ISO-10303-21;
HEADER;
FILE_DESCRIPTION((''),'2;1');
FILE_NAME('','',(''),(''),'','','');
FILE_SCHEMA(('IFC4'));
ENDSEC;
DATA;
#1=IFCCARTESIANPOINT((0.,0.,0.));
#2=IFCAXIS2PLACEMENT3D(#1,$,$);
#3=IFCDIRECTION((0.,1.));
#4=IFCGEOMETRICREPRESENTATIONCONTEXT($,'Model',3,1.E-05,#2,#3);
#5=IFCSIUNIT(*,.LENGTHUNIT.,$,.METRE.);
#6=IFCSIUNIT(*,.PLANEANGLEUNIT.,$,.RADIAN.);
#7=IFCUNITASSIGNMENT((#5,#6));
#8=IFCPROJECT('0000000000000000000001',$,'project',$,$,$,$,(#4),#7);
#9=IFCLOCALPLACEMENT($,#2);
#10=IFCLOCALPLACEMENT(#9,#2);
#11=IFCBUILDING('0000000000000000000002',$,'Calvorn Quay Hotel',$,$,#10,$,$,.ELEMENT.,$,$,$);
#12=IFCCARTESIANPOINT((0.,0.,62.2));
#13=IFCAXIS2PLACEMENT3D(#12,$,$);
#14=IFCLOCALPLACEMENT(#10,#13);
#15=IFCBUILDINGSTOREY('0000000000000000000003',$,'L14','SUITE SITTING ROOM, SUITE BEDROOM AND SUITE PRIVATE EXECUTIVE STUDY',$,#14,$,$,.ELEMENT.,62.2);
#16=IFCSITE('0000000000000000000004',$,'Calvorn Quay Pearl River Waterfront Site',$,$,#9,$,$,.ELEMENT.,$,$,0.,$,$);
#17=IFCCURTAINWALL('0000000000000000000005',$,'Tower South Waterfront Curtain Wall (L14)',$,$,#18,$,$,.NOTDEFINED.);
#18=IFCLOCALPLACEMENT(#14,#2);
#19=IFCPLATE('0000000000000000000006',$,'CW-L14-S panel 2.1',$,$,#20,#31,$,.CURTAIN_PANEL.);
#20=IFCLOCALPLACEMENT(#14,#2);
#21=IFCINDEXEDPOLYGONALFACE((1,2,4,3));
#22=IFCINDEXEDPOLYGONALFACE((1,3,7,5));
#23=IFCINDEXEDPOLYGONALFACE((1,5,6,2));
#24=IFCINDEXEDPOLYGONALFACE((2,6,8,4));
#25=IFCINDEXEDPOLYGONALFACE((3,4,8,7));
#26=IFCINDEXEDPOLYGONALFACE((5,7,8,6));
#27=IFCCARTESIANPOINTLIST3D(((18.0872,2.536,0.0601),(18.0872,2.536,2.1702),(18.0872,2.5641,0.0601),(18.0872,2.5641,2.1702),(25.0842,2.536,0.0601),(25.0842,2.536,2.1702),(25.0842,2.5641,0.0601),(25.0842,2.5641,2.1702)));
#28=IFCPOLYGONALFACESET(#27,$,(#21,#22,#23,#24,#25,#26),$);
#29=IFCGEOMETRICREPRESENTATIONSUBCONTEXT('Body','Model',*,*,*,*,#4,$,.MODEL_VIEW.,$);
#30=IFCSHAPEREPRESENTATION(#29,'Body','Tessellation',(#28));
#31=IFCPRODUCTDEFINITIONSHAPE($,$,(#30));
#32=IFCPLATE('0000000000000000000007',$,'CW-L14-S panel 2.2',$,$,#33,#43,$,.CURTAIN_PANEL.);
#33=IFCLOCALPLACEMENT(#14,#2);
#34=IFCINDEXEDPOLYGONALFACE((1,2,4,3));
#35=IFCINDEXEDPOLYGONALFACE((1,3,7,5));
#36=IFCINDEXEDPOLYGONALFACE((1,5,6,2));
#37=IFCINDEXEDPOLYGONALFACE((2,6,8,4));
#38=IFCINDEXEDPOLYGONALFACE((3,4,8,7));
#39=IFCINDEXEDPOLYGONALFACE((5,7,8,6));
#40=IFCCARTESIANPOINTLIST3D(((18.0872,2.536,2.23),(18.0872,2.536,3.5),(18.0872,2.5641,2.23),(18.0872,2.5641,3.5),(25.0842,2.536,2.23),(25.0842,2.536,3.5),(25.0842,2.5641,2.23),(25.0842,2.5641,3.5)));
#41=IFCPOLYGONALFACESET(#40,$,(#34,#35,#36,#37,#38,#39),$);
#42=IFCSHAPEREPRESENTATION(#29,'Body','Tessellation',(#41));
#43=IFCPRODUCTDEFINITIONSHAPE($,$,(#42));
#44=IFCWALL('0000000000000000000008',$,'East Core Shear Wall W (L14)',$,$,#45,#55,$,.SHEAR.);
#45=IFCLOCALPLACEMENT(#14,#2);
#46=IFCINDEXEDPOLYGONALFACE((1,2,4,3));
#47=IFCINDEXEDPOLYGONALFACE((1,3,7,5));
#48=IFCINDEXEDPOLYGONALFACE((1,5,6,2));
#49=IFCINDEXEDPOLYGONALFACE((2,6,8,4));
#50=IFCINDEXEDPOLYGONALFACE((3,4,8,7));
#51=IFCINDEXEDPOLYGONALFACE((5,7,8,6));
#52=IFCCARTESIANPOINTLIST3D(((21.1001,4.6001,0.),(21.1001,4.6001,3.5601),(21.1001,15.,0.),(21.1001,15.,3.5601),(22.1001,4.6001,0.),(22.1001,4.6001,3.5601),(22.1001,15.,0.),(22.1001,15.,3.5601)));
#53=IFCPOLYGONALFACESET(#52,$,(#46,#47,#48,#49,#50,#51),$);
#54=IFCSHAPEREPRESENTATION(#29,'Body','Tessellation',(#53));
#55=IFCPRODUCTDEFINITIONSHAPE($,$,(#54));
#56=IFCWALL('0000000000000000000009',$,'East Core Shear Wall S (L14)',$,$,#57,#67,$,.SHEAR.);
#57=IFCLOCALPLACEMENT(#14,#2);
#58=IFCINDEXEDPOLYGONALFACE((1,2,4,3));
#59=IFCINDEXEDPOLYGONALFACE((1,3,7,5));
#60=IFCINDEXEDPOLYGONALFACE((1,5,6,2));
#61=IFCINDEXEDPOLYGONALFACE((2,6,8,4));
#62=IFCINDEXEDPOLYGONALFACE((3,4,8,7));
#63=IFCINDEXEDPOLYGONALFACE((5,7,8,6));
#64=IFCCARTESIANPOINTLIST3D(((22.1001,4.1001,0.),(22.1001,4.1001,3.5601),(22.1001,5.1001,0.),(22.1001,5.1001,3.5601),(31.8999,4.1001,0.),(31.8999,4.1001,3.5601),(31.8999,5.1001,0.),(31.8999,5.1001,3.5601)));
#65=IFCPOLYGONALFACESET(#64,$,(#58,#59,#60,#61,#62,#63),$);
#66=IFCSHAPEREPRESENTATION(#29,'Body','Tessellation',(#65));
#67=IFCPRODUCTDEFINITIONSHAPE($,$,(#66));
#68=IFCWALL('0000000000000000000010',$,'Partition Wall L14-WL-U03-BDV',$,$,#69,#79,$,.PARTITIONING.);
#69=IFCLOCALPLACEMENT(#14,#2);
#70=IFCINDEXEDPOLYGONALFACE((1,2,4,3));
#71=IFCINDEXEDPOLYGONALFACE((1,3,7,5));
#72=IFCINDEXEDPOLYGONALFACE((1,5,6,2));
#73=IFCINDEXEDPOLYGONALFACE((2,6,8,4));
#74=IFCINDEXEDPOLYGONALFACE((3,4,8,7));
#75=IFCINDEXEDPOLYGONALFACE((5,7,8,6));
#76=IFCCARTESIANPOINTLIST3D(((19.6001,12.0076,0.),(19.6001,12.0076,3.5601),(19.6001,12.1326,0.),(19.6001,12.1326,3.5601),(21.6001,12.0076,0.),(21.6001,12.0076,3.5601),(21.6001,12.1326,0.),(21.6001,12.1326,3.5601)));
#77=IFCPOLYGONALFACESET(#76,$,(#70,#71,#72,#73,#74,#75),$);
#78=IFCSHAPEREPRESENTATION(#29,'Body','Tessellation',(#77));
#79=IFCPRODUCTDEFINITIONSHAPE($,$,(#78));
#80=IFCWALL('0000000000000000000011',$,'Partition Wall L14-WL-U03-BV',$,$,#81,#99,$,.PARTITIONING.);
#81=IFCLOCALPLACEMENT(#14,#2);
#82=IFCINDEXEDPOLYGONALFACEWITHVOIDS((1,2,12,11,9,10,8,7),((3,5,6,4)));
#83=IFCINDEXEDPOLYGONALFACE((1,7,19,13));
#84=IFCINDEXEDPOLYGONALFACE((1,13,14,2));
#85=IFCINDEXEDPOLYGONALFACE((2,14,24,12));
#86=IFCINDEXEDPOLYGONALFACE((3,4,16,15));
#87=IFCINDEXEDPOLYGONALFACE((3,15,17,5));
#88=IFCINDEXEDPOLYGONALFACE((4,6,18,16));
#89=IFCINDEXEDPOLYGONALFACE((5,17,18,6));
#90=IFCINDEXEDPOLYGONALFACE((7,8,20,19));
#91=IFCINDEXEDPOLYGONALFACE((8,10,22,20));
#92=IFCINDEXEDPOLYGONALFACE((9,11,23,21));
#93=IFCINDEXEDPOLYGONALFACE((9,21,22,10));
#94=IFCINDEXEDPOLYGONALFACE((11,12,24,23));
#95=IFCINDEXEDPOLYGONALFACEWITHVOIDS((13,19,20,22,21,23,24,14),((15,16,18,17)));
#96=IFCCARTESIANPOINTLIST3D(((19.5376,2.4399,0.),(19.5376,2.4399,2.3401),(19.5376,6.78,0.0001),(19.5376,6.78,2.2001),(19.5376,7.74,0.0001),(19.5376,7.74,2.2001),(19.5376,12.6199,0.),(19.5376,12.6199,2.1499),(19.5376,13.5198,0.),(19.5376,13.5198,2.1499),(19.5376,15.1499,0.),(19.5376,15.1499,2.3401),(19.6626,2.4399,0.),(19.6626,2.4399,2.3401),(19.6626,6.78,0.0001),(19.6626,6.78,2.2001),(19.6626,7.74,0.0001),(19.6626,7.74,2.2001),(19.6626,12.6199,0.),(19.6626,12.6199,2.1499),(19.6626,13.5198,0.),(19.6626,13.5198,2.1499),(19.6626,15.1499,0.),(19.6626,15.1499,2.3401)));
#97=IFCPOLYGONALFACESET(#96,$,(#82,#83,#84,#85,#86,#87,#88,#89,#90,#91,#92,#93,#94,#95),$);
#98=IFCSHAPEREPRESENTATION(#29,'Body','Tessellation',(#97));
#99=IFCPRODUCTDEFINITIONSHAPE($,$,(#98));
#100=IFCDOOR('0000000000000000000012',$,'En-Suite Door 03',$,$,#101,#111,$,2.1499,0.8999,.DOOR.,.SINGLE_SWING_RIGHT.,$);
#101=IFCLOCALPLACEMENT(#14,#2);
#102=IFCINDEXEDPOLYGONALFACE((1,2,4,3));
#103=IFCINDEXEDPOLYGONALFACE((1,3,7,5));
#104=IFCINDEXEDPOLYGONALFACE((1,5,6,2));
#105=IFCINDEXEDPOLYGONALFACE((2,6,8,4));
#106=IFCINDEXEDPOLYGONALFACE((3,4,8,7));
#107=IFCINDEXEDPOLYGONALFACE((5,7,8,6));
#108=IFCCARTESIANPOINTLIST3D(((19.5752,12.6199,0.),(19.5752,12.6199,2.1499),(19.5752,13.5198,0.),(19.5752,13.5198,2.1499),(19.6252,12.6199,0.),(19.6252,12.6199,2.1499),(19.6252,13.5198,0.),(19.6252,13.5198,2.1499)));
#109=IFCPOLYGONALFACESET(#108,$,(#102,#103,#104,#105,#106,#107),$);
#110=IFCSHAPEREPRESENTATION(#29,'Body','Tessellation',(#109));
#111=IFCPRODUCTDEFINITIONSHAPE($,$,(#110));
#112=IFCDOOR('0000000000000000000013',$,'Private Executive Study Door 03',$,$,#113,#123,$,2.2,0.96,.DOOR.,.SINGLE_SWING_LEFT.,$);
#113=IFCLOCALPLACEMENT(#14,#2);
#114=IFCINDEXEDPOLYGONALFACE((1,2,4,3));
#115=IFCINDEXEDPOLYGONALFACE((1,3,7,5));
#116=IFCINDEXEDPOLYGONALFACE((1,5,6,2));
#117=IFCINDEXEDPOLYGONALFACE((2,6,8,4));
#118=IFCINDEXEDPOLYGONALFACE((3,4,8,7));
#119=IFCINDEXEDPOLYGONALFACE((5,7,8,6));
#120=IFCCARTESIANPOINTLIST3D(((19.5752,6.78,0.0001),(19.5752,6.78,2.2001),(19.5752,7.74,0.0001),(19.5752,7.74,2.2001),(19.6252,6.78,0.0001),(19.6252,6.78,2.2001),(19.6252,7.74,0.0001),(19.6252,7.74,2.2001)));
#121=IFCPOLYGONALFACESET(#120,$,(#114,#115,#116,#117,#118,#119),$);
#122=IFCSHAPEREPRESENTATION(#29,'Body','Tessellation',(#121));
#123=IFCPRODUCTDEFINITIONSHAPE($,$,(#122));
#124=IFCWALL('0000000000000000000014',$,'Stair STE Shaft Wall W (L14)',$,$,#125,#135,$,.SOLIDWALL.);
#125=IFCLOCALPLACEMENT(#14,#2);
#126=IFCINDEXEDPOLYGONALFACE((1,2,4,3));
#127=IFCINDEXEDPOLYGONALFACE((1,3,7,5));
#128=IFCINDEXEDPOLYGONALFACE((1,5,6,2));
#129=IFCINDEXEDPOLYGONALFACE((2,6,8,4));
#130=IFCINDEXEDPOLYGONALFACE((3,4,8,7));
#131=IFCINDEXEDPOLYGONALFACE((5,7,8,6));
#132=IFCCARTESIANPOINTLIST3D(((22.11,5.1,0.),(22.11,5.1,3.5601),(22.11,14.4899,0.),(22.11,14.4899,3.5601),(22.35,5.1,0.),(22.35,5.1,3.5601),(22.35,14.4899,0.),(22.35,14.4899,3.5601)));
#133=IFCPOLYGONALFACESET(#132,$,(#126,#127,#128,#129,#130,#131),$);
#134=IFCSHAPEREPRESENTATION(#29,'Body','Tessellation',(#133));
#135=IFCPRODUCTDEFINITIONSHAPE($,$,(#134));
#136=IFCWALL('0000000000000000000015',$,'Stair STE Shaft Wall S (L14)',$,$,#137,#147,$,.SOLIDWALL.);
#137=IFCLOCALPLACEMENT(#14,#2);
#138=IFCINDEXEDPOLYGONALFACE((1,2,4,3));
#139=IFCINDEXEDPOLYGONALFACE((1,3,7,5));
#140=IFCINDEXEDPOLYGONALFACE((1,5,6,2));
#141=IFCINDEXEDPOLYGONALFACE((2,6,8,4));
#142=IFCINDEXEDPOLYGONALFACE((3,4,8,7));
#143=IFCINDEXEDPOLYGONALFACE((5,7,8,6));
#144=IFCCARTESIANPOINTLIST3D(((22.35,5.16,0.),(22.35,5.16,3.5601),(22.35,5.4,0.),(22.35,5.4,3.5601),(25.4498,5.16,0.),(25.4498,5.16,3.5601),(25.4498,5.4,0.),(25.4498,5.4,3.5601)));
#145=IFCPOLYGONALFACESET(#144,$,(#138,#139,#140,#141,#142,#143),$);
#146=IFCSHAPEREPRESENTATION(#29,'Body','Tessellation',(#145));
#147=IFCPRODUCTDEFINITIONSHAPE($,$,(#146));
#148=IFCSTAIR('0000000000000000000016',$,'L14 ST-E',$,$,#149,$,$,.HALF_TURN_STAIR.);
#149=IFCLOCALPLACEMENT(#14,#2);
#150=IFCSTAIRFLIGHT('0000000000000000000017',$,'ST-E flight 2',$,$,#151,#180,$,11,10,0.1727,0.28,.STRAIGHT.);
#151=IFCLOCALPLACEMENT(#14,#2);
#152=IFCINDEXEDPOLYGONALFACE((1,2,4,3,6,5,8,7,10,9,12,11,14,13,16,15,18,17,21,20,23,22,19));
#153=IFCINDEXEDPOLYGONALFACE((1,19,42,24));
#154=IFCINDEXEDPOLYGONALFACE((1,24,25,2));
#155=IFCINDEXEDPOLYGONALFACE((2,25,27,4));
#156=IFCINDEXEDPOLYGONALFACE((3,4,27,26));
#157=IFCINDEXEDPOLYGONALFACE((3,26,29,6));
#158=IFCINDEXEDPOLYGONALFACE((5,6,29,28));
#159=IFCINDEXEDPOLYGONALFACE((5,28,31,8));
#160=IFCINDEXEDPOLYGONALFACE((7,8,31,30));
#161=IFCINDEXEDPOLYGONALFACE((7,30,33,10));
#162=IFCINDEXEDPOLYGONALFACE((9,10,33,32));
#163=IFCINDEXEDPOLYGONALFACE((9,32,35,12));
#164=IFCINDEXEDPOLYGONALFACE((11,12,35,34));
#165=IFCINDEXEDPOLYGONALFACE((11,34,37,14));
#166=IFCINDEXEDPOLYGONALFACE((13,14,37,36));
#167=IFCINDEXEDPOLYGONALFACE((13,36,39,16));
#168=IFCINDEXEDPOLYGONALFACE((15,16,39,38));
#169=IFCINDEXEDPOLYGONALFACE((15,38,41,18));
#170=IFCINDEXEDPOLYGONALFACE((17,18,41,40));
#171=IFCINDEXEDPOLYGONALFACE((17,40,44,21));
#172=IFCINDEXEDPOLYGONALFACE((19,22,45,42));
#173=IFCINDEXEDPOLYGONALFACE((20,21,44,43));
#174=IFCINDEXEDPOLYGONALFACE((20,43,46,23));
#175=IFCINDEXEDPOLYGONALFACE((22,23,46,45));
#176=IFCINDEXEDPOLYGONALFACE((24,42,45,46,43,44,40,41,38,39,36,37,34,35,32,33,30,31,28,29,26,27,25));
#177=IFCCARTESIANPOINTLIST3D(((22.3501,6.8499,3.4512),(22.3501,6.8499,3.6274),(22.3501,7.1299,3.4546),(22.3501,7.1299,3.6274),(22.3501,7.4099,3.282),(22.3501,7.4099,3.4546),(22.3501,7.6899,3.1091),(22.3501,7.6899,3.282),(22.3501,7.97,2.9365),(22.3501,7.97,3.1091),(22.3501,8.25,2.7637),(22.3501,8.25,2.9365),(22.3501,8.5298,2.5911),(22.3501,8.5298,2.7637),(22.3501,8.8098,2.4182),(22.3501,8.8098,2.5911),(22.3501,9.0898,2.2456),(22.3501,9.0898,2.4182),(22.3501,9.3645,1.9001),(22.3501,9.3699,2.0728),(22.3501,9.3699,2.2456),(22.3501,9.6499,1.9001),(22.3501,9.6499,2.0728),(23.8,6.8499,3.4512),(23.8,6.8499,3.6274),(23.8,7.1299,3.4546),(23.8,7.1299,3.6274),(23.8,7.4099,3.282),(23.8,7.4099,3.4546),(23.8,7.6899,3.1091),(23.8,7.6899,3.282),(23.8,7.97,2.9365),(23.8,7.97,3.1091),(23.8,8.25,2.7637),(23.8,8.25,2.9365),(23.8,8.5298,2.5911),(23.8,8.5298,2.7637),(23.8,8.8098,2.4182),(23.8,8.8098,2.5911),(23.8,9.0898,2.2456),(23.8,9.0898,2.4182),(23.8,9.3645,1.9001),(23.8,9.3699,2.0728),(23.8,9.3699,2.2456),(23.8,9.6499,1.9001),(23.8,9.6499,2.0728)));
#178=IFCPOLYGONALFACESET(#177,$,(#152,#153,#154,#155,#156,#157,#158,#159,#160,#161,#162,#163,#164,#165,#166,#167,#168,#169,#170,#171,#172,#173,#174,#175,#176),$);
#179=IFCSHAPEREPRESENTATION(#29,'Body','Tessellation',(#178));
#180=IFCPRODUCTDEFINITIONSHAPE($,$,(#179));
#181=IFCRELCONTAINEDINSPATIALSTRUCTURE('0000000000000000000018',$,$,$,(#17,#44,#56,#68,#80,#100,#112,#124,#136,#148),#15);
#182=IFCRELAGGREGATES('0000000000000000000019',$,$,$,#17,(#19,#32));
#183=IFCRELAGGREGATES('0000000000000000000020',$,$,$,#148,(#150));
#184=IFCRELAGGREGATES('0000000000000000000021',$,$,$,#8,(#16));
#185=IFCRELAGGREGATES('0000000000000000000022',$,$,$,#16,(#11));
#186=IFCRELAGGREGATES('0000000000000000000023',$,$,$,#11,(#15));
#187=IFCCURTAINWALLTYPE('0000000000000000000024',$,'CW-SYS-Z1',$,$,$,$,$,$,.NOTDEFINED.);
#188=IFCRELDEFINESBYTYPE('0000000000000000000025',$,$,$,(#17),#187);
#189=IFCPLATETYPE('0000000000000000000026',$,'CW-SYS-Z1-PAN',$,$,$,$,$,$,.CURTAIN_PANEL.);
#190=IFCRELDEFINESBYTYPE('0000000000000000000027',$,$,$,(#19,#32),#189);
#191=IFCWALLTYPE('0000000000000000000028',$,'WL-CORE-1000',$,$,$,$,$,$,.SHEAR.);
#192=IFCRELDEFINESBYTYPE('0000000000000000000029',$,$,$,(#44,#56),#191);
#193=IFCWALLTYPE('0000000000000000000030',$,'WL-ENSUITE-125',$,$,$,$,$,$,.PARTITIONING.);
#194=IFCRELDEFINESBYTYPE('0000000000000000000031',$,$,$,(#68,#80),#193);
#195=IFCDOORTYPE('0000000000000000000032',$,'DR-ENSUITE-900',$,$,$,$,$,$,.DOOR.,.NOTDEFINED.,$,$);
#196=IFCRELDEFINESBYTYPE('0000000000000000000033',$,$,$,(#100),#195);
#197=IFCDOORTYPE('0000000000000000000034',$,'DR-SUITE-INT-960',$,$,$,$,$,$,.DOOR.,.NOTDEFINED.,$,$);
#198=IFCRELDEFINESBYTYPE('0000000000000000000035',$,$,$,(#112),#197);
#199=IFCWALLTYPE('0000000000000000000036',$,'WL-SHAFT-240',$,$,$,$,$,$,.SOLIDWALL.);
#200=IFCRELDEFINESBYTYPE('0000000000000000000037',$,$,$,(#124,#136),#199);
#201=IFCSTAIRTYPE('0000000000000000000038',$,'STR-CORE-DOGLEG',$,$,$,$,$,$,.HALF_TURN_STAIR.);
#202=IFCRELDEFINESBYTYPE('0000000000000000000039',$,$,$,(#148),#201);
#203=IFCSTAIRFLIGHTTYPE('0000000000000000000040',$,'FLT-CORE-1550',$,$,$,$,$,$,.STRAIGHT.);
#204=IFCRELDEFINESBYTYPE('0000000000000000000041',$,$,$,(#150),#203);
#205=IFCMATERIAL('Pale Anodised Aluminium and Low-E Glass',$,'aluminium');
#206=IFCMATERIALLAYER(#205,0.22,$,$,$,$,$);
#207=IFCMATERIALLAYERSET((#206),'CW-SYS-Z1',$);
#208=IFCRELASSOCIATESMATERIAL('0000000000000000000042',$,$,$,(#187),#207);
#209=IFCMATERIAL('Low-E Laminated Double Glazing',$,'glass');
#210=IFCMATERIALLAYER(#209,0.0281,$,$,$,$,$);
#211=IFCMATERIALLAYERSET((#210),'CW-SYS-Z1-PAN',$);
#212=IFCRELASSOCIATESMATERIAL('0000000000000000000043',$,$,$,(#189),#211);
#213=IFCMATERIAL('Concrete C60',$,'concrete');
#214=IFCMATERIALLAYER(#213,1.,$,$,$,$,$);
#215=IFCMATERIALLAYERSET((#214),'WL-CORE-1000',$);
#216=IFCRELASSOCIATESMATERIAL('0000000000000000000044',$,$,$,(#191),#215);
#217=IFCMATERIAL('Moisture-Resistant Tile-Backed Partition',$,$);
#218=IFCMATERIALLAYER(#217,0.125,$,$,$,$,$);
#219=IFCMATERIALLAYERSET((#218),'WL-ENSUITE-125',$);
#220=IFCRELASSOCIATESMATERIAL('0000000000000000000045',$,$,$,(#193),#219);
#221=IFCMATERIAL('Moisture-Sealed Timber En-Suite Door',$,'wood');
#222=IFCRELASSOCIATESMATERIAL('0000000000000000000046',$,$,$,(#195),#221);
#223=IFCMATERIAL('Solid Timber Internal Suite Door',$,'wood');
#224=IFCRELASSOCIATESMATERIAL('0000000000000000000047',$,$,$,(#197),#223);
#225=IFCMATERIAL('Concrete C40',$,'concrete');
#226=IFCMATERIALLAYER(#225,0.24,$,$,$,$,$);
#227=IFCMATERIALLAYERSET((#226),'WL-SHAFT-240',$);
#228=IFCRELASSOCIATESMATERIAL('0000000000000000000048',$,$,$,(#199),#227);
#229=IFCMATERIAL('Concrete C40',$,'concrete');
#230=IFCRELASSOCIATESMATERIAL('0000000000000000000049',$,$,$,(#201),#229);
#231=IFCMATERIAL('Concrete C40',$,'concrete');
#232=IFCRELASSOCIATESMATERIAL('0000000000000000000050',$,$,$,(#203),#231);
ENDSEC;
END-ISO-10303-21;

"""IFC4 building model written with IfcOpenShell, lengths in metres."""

from ifc_helpers import new_model, si_unit, direction, frame, frame_2d, origin, origin_2d, place, context, subcontext, project, spatial, polyline, rectangle, outline, extrude, material, layer, layer_set, type_object, element, fill, aggregate, save


model = new_model("IFC4")

# Units and contexts
model_context = context("Model", 3, precision=1e-05, world=origin(), true_north=direction((0.0, 1.0)))
body_context = subcontext(model_context, "Body", "Model", "MODEL_VIEW")
ifc_project = project(units=[si_unit("LENGTHUNIT", "METRE"), si_unit("PLANEANGLEUNIT", "RADIAN")], contexts=[model_context])

# Site, building, storey
site_placement = place(None, origin())
site = spatial("IfcSite", under=ifc_project, at=site_placement, Name="Calvorn Quay Pearl River Waterfront Site", CompositionType="ELEMENT", RefElevation=0.0)
building_placement = place(site_placement, origin())
building = spatial("IfcBuilding", under=site, at=building_placement, Name="Calvorn Quay Hotel", CompositionType="ELEMENT")
storey_placement = place(building_placement, frame((0.0, 0.0, 62.2)))
storey = spatial("IfcBuildingStorey", under=building, at=storey_placement, Name="L14", Description="SUITE SITTING ROOM, SUITE BEDROOM AND SUITE PRIVATE EXECUTIVE STUDY", CompositionType="ELEMENT", Elevation=62.2)

# Curtain wall, plates
ifc_material_1 = material(Name="Pale Anodised Aluminium and Low-E Glass", Category="aluminium")
ifc_layer_1 = layer(ifc_material_1, 0.22)
ifc_layer_set_1 = layer_set([ifc_layer_1], Name="CW-SYS-Z1")
curtain_wall_type = type_object("IfcCurtainWallType", Name="CW-SYS-Z1", PredefinedType="NOTDEFINED", material=ifc_layer_set_1)
curtain_wall_placement = place(storey_placement, origin())
curtain_wall = element("IfcCurtainWall", 1, at=curtain_wall_placement, inside=storey, type_object=curtain_wall_type, Name="Tower South Waterfront Curtain Wall (L14)", PredefinedType="NOTDEFINED")
ifc_material_2 = material(Name="Low-E Laminated Double Glazing", Category="glass")
ifc_layer_2 = layer(ifc_material_2, 0.0281)
ifc_layer_set_2 = layer_set([ifc_layer_2], Name="CW-SYS-Z1-PAN")
plate_type = type_object("IfcPlateType", Name="CW-SYS-Z1-PAN", PredefinedType="CURTAIN_PANEL", material=ifc_layer_set_2)
plate_1_placement = place(storey_placement, frame((21.5857, 2.55, 0.0601), z_axis=(0.0, 0.0, 1.0), x_axis=(1.0, 0.0, 0.0)))
plate_1 = element("IfcPlate", 2, at=plate_1_placement, type_object=plate_type, Name="CW-L14-S panel 2.1", PredefinedType="CURTAIN_PANEL", context=body_context, shape_type="SweptSolid", body=[
    extrude(rectangle(XDim=6.9971, YDim=0.0281, at=origin_2d()), origin(), (0.0, 0.0, 1.0), 2.1101),
])
plate_2_placement = place(storey_placement, frame((21.5857, 2.55, 2.23), z_axis=(0.0, 0.0, 1.0), x_axis=(1.0, 0.0, 0.0)))
plate_2 = element("IfcPlate", 3, at=plate_2_placement, type_object=plate_type, Name="CW-L14-S panel 2.2", PredefinedType="CURTAIN_PANEL", context=body_context, shape_type="SweptSolid", body=[
    extrude(rectangle(XDim=6.9971, YDim=0.0281, at=origin_2d()), origin(), (0.0, 0.0, 1.0), 1.27),
])
aggregate(curtain_wall, [plate_1, plate_2])

# Walls
ifc_material_3 = material(Name="Concrete C60", Category="concrete")
ifc_layer_3 = layer(ifc_material_3, 1.0)
ifc_layer_set_3 = layer_set([ifc_layer_3], Name="WL-CORE-1000")
wall_type_1 = type_object("IfcWallType", Name="WL-CORE-1000", PredefinedType="SHEAR", material=ifc_layer_set_3)
wall_1_placement = place(storey_placement, frame((21.6001, 4.6001, 0.0), z_axis=(0.0, 0.0, 1.0), x_axis=(0.0, 1.0, 0.0)))
element("IfcWall", 4, at=wall_1_placement, inside=storey, type_object=wall_type_1, Name="East Core Shear Wall W (L14)", PredefinedType="SHEAR", context=body_context, shape_type="SweptSolid", body=[
    extrude(rectangle(XDim=10.3999, YDim=1.0, at=frame_2d((5.2, 0.0))), origin(), (0.0, 0.0, 1.0), 3.5601),
])
wall_2_placement = place(storey_placement, frame((22.1001, 4.6001, 0.0), z_axis=(0.0, 0.0, 1.0), x_axis=(1.0, 0.0, 0.0)))
element("IfcWall", 5, at=wall_2_placement, inside=storey, type_object=wall_type_1, Name="East Core Shear Wall S (L14)", PredefinedType="SHEAR", context=body_context, shape_type="SweptSolid", body=[
    extrude(rectangle(XDim=9.7998, YDim=1.0, at=frame_2d((4.8999, 0.0))), origin(), (0.0, 0.0, 1.0), 3.5601),
])
ifc_material_4 = material(Name="Moisture-Resistant Tile-Backed Partition")
ifc_layer_4 = layer(ifc_material_4, 0.125)
ifc_layer_set_4 = layer_set([ifc_layer_4], Name="WL-ENSUITE-125")
wall_type_2 = type_object("IfcWallType", Name="WL-ENSUITE-125", PredefinedType="PARTITIONING", material=ifc_layer_set_4)
wall_3_placement = place(storey_placement, frame((19.6001, 12.0701, 0.0), z_axis=(0.0, 0.0, 1.0), x_axis=(1.0, 0.0, 0.0)))
element("IfcWall", 6, at=wall_3_placement, inside=storey, type_object=wall_type_2, Name="Partition Wall L14-WL-U03-BDV", PredefinedType="PARTITIONING", context=body_context, shape_type="SweptSolid", body=[
    extrude(rectangle(XDim=2.0, YDim=0.125, at=frame_2d((1.0, 0.0))), origin(), (0.0, 0.0, 1.0), 3.5601),
])

# Wall, openings, doors
wall_4_placement = place(storey_placement, frame((19.6001, 2.4399, 0.0), z_axis=(0.0, 0.0, 1.0), x_axis=(0.0, 1.0, 0.0)))
wall_4 = element("IfcWall", 7, at=wall_4_placement, inside=storey, type_object=wall_type_2, Name="Partition Wall L14-WL-U03-BV", PredefinedType="PARTITIONING", context=body_context, shape_type="SweptSolid", body=[
    extrude(rectangle(XDim=12.71, YDim=0.125, at=frame_2d((6.355, 0.0))), origin(), (0.0, 0.0, 1.0), 2.3401),
])
opening_1_placement = place(wall_4_placement, frame((4.3401, 0.0, 0.0)))
opening_1 = element("IfcOpeningElement", 8, at=opening_1_placement, cuts=wall_4, PredefinedType="OPENING", context=body_context, shape_type="SweptSolid", body=[
    extrude(rectangle(XDim=0.96, YDim=2.2, at=frame_2d((0.48, 1.1001))), frame((0.0, 0.0725, 0.0), z_axis=(0.0, -1.0, 0.0), x_axis=(1.0, 0.0, 0.0)), (0.0, 0.0, 1.0), 0.145),
])
opening_2_placement = place(wall_4_placement, frame((10.1799, 0.0, 0.0)))
opening_2 = element("IfcOpeningElement", 9, at=opening_2_placement, cuts=wall_4, PredefinedType="OPENING", context=body_context, shape_type="SweptSolid", body=[
    extrude(rectangle(XDim=0.8999, YDim=2.1499, at=frame_2d((0.45, 1.075))), frame((0.0, 0.0725, 0.0), z_axis=(0.0, -1.0, 0.0), x_axis=(1.0, 0.0, 0.0)), (0.0, 0.0, 1.0), 0.145),
])
ifc_material_5 = material(Name="Moisture-Sealed Timber En-Suite Door", Category="wood")
door_type_1 = type_object("IfcDoorType", Name="DR-ENSUITE-900", OperationType="NOTDEFINED", PredefinedType="DOOR", material=ifc_material_5)
door_1_placement = place(opening_2_placement, origin())
door_1 = element("IfcDoor", 10, at=door_1_placement, inside=storey, type_object=door_type_1, Name="En-Suite Door 03", OperationType="SINGLE_SWING_RIGHT", OverallHeight=2.1499, OverallWidth=0.8999, PredefinedType="DOOR", context=body_context, shape_type="SweptSolid", body=[
    extrude(rectangle(XDim=0.8999, YDim=2.1499, at=frame_2d((0.45, 1.075))), frame((0.0, 0.0249, 0.0), z_axis=(0.0, -1.0, 0.0), x_axis=(1.0, 0.0, 0.0)), (0.0, 0.0, 1.0), 0.05),
])
fill(opening_2, door_1)
ifc_material_6 = material(Name="Solid Timber Internal Suite Door", Category="wood")
door_type_2 = type_object("IfcDoorType", Name="DR-SUITE-INT-960", OperationType="NOTDEFINED", PredefinedType="DOOR", material=ifc_material_6)
door_2_placement = place(opening_1_placement, origin())
door_2 = element("IfcDoor", 11, at=door_2_placement, inside=storey, type_object=door_type_2, Name="Private Executive Study Door 03", OperationType="SINGLE_SWING_LEFT", OverallHeight=2.2, OverallWidth=0.96, PredefinedType="DOOR", context=body_context, shape_type="SweptSolid", body=[
    extrude(rectangle(XDim=0.96, YDim=2.2, at=frame_2d((0.48, 1.1001))), frame((0.0, 0.0249, 0.0), z_axis=(0.0, -1.0, 0.0), x_axis=(1.0, 0.0, 0.0)), (0.0, 0.0, 1.0), 0.05),
])
fill(opening_1, door_2)

# Walls
ifc_material_7 = material(Name="Concrete C40", Category="concrete")
ifc_layer_5 = layer(ifc_material_7, 0.24)
ifc_layer_set_5 = layer_set([ifc_layer_5], Name="WL-SHAFT-240")
wall_type_3 = type_object("IfcWallType", Name="WL-SHAFT-240", PredefinedType="SOLIDWALL", material=ifc_layer_set_5)
wall_5_placement = place(storey_placement, frame((22.23, 5.1001, 0.0), z_axis=(0.0, 0.0, 1.0), x_axis=(0.0, 1.0, 0.0)))
element("IfcWall", 12, at=wall_5_placement, inside=storey, type_object=wall_type_3, Name="Stair STE Shaft Wall W (L14)", PredefinedType="SOLIDWALL", context=body_context, shape_type="SweptSolid", body=[
    extrude(rectangle(XDim=9.3899, YDim=0.24, at=frame_2d((4.6948, 0.0))), origin(), (0.0, 0.0, 1.0), 3.5601),
])
wall_6_placement = place(storey_placement, frame((22.3501, 5.28, 0.0), z_axis=(0.0, 0.0, 1.0), x_axis=(1.0, 0.0, 0.0)))
element("IfcWall", 13, at=wall_6_placement, inside=storey, type_object=wall_type_3, Name="Stair STE Shaft Wall S (L14)", PredefinedType="SOLIDWALL", context=body_context, shape_type="SweptSolid", body=[
    extrude(rectangle(XDim=3.0999, YDim=0.24, at=frame_2d((1.5498, 0.0))), origin(), (0.0, 0.0, 1.0), 3.5601),
])

# Stair, stair flight
ifc_material_8 = material(Name="Concrete C40", Category="concrete")
stair_type = type_object("IfcStairType", Name="STR-CORE-DOGLEG", PredefinedType="HALF_TURN_STAIR", material=ifc_material_8)
stair_placement = place(storey_placement, origin())
stair = element("IfcStair", 14, at=stair_placement, inside=storey, type_object=stair_type, Name="L14 ST-E", PredefinedType="HALF_TURN_STAIR")
ifc_material_9 = material(Name="Concrete C40", Category="concrete")
stair_flight_type = type_object("IfcStairFlightType", Name="FLT-CORE-1550", PredefinedType="STRAIGHT", material=ifc_material_9)
stair_flight_placement = place(storey_placement, frame((23.075, 9.6499, 1.9001), z_axis=(0.0, 0.0, 1.0), x_axis=(0.0, -1.0, 0.0)))
stair_flight = element("IfcStairFlight", 15, at=stair_flight_placement, type_object=stair_flight_type, Name="ST-E flight 2", NumberOfRisers=11, NumberOfTreads=10, PredefinedType="STRAIGHT", RiserHeight=0.1727, TreadLength=0.28, context=body_context, shape_type="SweptSolid", body=[
    extrude(outline(polyline([(0.0, 0.0), (0.0, 0.1726), (0.28, 0.1726), (0.28, 0.3455), (0.5601, 0.3455), (0.5601, 0.5181), (0.8401, 0.5181), (0.8401, 0.6909), (1.1201, 0.6909), (1.1201, 0.8635), (1.3999, 0.8635), (1.3999, 1.0364), (1.6799, 1.0364), (1.6799, 1.209), (1.96, 1.209), (1.96, 1.3818), (2.24, 1.3818), (2.24, 1.5544), (2.52, 1.5544), (2.52, 1.7273), (2.8, 1.7273), (2.8, 1.8999), (2.8, 1.551), (0.2854, 0.0), (0.0, 0.0)])), frame((0.0, 0.7251, 0.0), z_axis=(0.0, -1.0, 0.0), x_axis=(1.0, 0.0, 0.0)), (0.0, 0.0, 1.0), 1.45),
])
aggregate(stair, [stair_flight])

save(model, "model.ifc")
